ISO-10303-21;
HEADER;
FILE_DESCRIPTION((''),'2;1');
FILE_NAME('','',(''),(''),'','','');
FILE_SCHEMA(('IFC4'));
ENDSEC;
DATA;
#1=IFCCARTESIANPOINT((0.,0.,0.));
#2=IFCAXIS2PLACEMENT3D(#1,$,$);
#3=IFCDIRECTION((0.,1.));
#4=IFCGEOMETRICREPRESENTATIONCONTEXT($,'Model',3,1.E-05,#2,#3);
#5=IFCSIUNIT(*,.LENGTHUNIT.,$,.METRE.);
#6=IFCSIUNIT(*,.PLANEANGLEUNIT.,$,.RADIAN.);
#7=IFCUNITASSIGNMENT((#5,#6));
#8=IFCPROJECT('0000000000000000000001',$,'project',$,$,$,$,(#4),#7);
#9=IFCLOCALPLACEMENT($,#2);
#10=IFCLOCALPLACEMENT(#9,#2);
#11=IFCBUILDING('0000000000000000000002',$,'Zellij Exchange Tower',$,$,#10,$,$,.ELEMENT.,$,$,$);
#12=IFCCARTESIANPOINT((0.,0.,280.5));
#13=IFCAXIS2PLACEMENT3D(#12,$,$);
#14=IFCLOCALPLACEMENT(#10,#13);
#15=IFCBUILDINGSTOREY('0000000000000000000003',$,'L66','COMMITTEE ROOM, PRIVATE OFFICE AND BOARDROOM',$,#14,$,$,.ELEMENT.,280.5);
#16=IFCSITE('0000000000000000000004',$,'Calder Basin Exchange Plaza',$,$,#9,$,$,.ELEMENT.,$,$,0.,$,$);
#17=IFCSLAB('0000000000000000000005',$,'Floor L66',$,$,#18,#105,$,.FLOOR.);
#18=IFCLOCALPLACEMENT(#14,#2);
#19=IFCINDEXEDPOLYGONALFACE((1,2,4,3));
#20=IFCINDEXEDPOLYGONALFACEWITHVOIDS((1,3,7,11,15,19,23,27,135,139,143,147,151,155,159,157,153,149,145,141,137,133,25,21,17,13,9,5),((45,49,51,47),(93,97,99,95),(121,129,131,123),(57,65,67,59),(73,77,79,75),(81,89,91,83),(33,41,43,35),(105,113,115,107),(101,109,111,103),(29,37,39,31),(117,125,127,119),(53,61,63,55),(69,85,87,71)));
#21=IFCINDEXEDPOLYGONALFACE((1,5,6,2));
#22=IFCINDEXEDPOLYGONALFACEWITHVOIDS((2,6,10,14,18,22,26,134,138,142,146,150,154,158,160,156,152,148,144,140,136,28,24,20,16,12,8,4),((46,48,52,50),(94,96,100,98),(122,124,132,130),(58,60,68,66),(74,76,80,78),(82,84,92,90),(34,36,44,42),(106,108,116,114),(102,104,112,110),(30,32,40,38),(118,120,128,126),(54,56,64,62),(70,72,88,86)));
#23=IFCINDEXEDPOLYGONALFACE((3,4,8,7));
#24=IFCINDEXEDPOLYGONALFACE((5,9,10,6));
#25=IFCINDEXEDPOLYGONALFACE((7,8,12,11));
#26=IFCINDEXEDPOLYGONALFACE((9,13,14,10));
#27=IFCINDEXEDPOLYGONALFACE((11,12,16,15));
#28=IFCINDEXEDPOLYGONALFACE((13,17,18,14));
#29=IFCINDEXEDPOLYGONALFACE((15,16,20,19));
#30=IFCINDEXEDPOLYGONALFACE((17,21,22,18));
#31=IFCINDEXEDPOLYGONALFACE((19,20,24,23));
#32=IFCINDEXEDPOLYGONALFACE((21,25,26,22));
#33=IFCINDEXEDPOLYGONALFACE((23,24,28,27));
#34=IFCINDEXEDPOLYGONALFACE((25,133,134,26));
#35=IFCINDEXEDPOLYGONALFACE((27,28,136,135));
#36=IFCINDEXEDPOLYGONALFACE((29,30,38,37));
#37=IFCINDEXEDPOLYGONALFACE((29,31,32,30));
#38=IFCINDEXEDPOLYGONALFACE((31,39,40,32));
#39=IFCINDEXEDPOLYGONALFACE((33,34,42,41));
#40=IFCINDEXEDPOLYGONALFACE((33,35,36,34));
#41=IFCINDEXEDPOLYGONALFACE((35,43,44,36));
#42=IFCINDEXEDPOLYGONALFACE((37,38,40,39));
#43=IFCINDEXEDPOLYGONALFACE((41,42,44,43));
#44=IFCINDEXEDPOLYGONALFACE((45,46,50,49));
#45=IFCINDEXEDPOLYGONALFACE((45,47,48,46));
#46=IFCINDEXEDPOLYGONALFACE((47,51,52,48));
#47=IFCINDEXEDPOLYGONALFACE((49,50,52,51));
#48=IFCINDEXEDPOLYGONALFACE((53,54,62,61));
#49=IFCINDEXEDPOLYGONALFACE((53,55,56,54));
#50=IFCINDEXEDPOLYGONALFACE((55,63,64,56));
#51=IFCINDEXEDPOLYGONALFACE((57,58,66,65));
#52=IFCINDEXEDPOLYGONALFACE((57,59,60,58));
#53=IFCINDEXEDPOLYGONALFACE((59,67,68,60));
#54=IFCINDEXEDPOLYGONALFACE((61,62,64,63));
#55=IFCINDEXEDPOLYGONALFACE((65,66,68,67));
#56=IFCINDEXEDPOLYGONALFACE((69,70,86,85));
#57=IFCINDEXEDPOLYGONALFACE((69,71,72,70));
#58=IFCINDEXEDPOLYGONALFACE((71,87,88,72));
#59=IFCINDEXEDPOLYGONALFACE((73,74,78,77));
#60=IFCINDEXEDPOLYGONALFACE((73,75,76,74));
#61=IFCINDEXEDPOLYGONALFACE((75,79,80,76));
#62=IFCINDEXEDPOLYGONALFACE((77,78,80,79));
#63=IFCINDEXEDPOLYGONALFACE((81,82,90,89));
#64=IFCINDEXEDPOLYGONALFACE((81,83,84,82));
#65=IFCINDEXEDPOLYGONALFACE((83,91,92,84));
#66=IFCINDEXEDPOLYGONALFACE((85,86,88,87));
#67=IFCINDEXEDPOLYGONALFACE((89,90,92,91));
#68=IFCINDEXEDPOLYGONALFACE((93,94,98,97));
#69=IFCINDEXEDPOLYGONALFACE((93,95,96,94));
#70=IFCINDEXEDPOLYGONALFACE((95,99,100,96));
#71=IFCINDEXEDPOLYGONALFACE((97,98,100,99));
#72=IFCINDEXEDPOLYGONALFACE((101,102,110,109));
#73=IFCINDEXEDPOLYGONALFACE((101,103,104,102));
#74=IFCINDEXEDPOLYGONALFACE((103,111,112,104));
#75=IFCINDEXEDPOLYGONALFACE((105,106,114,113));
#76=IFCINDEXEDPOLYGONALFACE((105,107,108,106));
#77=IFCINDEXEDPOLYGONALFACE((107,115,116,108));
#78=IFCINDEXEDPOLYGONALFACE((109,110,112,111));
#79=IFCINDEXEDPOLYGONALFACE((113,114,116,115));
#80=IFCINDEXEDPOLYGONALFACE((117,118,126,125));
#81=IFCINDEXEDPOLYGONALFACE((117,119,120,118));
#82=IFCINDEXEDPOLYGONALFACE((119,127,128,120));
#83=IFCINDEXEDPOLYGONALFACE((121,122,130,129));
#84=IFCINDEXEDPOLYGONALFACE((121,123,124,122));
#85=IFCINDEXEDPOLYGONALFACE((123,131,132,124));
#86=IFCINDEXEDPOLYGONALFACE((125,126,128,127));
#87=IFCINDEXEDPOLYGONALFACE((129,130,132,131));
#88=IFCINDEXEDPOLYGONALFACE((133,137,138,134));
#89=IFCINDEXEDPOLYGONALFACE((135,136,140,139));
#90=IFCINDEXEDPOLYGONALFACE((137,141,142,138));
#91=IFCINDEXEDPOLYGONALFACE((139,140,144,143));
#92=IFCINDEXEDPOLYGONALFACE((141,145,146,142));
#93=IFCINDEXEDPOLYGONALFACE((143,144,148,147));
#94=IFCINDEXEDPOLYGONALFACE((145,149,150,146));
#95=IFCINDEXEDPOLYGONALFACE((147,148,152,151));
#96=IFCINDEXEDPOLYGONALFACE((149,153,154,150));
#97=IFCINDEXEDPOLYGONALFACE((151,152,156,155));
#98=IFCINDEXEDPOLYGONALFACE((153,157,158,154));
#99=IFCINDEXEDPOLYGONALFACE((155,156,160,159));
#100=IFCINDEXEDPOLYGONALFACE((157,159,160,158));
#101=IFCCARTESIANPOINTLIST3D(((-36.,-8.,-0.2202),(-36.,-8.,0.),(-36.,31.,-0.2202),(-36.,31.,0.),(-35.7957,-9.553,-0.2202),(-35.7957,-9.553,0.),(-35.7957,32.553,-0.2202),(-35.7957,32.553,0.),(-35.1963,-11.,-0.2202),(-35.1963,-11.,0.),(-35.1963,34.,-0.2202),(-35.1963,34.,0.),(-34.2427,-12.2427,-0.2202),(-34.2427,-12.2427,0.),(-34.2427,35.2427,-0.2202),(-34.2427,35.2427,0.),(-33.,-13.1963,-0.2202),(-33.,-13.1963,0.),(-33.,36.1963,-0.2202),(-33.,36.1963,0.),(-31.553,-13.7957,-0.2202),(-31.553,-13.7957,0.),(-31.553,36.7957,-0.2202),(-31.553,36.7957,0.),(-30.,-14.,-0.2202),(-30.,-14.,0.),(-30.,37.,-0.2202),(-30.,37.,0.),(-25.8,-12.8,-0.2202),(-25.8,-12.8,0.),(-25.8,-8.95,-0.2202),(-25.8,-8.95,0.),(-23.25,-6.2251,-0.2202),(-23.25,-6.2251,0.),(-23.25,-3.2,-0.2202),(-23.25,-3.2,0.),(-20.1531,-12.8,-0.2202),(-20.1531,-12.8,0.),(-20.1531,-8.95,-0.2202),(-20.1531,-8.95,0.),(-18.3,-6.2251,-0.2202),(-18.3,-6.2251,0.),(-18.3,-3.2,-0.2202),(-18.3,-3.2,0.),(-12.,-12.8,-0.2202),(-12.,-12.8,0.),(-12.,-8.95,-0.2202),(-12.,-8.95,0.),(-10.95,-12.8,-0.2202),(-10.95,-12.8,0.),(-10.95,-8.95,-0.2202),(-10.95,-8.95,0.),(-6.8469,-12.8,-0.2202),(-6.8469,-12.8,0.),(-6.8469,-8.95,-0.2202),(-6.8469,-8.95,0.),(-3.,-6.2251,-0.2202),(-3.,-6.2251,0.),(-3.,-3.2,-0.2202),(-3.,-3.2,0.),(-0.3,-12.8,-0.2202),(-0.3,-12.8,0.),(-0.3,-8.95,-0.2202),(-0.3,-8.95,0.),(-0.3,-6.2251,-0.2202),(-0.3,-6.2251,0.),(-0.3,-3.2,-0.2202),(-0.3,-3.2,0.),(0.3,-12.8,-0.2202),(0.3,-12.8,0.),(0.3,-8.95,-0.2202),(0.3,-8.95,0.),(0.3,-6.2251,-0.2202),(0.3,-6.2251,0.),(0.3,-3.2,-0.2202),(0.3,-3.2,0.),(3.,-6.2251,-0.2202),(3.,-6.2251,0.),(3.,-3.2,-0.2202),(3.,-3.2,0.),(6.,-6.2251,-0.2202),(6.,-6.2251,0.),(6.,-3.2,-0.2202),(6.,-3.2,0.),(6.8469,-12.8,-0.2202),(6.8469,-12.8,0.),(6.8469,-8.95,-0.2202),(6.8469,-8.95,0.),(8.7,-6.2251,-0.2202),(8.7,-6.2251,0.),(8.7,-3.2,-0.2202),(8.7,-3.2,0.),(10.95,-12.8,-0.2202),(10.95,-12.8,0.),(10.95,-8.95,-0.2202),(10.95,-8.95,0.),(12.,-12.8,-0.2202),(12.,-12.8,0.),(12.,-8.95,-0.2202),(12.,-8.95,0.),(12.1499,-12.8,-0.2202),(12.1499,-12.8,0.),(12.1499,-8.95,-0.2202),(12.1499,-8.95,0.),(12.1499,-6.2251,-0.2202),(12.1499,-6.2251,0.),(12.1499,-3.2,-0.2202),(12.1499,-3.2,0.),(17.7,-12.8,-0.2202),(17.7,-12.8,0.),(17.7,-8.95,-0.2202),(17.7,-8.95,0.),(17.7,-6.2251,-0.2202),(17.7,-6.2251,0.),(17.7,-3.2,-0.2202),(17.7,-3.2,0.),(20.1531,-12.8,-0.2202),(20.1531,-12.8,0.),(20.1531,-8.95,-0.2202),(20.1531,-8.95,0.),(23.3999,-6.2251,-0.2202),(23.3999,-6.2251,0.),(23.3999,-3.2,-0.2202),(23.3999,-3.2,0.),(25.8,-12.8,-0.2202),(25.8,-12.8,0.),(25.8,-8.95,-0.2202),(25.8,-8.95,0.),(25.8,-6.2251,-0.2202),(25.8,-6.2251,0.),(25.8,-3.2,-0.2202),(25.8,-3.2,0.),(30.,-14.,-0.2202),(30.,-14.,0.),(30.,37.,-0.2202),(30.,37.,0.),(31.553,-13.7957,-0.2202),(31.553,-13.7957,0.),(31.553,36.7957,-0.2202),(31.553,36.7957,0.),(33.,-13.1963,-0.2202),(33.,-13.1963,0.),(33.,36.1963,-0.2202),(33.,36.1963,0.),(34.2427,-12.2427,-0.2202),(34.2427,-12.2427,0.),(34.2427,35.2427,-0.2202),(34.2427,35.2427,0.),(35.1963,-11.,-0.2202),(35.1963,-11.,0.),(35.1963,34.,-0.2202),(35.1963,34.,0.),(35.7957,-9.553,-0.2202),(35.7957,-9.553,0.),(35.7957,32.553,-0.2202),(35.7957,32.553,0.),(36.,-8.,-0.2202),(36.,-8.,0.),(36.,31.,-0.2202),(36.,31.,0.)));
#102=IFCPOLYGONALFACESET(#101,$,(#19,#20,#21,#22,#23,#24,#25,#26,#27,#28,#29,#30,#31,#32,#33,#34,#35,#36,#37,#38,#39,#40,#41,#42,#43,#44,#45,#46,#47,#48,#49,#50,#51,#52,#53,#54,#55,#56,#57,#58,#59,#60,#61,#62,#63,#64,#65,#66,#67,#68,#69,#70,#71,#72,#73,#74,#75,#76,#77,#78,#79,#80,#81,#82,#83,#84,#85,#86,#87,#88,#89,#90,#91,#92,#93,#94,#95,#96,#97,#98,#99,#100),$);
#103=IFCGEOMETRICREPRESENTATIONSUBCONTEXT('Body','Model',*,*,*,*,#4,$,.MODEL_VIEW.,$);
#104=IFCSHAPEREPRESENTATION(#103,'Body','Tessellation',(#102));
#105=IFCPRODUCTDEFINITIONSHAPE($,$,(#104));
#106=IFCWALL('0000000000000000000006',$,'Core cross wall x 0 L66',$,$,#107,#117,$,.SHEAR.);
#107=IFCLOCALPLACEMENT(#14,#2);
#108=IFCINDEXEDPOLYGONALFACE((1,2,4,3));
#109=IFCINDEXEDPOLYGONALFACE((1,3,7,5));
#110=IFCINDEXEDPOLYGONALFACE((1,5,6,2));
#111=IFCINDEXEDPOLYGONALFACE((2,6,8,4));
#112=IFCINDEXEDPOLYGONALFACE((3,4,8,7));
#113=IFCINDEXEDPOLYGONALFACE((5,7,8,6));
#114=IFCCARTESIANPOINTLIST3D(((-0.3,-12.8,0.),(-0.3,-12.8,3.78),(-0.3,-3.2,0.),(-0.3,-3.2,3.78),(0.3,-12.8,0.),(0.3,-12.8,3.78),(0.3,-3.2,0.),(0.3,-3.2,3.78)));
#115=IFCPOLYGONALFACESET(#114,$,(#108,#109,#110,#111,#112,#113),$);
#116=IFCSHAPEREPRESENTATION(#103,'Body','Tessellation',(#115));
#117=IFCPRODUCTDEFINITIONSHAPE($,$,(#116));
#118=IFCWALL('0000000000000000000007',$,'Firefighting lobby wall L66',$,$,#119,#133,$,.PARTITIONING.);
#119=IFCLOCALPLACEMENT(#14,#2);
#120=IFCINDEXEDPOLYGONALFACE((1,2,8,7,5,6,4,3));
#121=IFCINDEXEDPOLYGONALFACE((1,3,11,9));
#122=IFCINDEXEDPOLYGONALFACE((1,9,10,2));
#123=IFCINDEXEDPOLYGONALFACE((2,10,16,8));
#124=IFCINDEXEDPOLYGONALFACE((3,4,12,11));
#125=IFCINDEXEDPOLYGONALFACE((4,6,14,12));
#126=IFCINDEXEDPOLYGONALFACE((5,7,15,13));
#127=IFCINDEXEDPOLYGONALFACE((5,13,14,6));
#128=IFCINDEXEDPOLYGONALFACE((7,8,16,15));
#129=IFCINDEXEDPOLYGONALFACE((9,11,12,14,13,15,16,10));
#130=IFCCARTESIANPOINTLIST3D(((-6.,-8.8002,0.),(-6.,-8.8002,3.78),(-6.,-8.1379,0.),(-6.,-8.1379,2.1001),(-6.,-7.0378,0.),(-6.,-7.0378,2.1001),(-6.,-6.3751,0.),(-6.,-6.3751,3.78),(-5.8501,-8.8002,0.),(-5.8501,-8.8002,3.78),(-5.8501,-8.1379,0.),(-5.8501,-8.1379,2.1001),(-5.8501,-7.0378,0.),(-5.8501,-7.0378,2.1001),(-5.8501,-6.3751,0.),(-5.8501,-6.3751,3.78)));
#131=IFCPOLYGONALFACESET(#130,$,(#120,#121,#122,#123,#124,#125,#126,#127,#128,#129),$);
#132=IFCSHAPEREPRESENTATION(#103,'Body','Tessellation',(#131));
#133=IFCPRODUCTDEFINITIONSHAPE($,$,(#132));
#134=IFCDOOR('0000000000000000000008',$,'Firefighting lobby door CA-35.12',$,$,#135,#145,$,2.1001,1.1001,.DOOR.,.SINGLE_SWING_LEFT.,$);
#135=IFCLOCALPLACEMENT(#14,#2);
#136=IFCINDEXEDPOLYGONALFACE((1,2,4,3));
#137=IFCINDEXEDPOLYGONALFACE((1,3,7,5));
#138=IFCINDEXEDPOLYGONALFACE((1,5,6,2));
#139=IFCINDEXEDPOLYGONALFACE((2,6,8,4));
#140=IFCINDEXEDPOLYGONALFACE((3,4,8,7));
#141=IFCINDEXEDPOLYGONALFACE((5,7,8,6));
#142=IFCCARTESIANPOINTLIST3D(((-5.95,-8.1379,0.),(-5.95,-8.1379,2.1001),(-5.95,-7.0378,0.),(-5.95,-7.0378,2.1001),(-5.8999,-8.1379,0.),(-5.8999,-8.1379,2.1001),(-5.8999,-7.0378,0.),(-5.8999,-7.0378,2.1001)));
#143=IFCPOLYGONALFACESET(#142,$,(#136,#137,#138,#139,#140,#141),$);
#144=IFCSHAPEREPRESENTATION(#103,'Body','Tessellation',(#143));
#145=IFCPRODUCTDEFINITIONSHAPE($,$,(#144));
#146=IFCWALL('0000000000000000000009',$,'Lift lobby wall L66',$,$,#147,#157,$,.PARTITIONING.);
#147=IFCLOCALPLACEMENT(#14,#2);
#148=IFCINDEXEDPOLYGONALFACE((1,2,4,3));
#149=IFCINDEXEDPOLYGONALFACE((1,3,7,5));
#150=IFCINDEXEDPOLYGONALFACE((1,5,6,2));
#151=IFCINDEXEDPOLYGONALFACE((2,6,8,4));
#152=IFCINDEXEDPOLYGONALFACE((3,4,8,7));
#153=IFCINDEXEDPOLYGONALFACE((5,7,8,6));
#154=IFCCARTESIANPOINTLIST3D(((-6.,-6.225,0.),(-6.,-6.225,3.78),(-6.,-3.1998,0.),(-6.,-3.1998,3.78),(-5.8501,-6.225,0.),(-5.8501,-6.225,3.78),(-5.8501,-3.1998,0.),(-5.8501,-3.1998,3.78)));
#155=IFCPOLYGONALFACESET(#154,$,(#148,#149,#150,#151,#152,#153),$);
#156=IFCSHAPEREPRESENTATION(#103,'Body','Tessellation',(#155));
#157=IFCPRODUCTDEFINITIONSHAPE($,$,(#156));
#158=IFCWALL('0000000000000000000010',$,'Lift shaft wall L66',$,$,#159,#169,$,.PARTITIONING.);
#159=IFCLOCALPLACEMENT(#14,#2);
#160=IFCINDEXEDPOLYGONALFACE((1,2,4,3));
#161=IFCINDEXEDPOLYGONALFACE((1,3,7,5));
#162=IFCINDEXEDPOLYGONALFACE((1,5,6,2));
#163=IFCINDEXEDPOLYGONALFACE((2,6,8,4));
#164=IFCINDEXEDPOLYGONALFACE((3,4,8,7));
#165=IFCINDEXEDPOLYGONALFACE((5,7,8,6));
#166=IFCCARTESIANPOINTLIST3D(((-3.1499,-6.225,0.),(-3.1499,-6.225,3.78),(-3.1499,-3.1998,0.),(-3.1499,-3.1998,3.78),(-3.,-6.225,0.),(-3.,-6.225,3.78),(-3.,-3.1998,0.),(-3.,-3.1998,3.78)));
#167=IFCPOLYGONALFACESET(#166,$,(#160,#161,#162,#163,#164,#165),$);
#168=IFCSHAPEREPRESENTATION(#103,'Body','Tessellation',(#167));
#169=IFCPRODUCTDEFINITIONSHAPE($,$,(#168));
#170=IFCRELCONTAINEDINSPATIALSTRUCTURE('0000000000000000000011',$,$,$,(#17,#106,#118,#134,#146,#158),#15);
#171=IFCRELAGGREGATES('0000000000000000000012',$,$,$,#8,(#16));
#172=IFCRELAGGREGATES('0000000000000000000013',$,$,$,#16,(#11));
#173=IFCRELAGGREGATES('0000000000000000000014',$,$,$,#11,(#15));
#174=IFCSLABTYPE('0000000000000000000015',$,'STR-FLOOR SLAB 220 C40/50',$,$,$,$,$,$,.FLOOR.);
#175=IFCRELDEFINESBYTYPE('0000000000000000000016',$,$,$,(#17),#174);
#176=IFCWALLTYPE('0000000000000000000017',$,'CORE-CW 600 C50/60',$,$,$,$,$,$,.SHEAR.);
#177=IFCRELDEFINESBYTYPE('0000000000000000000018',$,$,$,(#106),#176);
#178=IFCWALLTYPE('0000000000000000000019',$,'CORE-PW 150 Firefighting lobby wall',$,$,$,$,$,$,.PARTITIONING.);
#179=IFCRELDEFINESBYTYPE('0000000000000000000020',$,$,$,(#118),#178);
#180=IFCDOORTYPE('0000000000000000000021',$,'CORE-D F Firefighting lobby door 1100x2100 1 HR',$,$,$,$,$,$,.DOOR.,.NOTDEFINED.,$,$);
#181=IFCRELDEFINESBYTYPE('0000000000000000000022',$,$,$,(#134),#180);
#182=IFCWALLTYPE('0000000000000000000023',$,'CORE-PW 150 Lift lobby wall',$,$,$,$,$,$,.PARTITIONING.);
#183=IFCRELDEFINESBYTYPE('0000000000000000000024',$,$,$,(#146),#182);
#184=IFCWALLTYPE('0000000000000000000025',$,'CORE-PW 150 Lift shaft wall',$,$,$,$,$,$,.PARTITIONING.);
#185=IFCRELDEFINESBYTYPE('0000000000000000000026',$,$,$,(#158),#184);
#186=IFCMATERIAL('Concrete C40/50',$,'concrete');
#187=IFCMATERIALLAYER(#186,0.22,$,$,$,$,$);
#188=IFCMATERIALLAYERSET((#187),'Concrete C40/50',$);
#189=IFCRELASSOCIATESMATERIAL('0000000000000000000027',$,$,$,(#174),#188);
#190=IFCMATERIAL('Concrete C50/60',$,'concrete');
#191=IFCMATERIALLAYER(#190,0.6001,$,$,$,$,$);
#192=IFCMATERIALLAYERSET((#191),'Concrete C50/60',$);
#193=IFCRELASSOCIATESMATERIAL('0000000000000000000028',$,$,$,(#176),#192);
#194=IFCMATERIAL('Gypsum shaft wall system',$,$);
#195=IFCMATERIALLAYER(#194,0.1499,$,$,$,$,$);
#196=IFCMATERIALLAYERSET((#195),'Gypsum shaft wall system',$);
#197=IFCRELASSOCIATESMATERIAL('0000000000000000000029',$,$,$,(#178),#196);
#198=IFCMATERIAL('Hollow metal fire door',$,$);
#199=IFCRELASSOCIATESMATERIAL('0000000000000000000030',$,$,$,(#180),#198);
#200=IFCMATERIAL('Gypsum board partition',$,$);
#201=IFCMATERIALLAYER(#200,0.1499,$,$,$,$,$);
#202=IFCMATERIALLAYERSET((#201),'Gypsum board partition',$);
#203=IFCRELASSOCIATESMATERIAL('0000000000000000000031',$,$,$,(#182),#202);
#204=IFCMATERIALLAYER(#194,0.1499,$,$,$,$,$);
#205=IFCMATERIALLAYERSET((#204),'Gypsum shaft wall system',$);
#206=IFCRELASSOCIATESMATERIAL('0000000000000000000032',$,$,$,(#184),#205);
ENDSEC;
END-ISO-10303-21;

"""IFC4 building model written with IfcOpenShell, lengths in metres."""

from ifc_helpers import new_model, si_unit, direction, frame, frame_2d, origin, place, context, subcontext, project, spatial, polyline, rectangle, outline, extrude, material, layer, layer_set, type_object, element, fill, save


model = new_model("IFC4")

# Units and contexts
model_context = context("Model", 3, precision=1e-05, world=origin(), true_north=direction((0.0, 1.0)))
body_context = subcontext(model_context, "Body", "Model", "MODEL_VIEW")
ifc_project = project(units=[si_unit("LENGTHUNIT", "METRE"), si_unit("PLANEANGLEUNIT", "RADIAN")], contexts=[model_context])

# Site, building, storey
site_placement = place(None, origin())
site = spatial("IfcSite", under=ifc_project, at=site_placement, Name="Calder Basin Exchange Plaza", CompositionType="ELEMENT", RefElevation=0.0)
building_placement = place(site_placement, origin())
building = spatial("IfcBuilding", under=site, at=building_placement, Name="Zellij Exchange Tower", CompositionType="ELEMENT")
storey_placement = place(building_placement, frame((0.0, 0.0, 280.5)))
storey = spatial("IfcBuildingStorey", under=building, at=storey_placement, Name="L66", Description="COMMITTEE ROOM, PRIVATE OFFICE AND BOARDROOM", CompositionType="ELEMENT", Elevation=280.5)

# Slab
ifc_material_1 = material(Name="Concrete C40/50", Category="concrete")
ifc_layer_1 = layer(ifc_material_1, 0.22)
ifc_layer_set_1 = layer_set([ifc_layer_1], Name="Concrete C40/50")
slab_type = type_object("IfcSlabType", Name="STR-FLOOR SLAB 220 C40/50", PredefinedType="FLOOR", material=ifc_layer_set_1)
slab_placement = place(storey_placement, frame((0.0, 0.0, -0.2202)))
element("IfcSlab", 1, at=slab_placement, inside=storey, type_object=slab_type, Name="Floor L66", PredefinedType="FLOOR", context=body_context, shape_type="SweptSolid", body=[
    extrude(outline(polyline([(-30.0, -14.0), (-31.553, -13.7957), (-33.0, -13.1963), (-34.2427, -12.2427), (-35.1963, -11.0), (-35.7957, -9.553), (-36.0, -8.0), (-36.0, 31.0), (-35.7957, 32.553), (-35.1963, 34.0), (-34.2427, 35.2427), (-33.0, 36.1963), (-31.553, 36.7957), (-30.0, 37.0), (30.0, 37.0), (31.553, 36.7957), (33.0, 36.1963), (34.2427, 35.2427), (35.1963, 34.0), (35.7957, 32.553), (36.0, 31.0), (36.0, -8.0), (35.7957, -9.553), (35.1963, -11.0), (34.2427, -12.2427), (33.0, -13.1963), (31.553, -13.7957), (30.0, -14.0), (-30.0, -14.0)]), holes=[polyline([(-25.8, -8.95), (-25.8, -12.8), (-20.1531, -12.8), (-20.1531, -8.95), (-25.8, -8.95)]), polyline([(-10.95, -8.95), (-12.0, -8.95), (-12.0, -12.8), (-10.95, -12.8), (-10.95, -8.95)]), polyline([(-0.3, -8.95), (-6.8469, -8.95), (-6.8469, -12.8), (-0.3, -12.8), (-0.3, -8.95)]), polyline([(0.3, -8.95), (0.3, -12.8), (6.8469, -12.8), (6.8469, -8.95), (0.3, -8.95)]), polyline([(-18.3, -3.2), (-23.25, -3.2), (-23.25, -6.2251), (-18.3, -6.2251), (-18.3, -3.2)]), polyline([(-0.3, -3.2), (-3.0, -3.2), (-3.0, -6.2251), (-0.3, -6.2251), (-0.3, -3.2)]), polyline([(0.3, -3.2), (0.3, -6.2251), (3.0, -6.2251), (3.0, -3.2), (0.3, -3.2)]), polyline([(12.0, -8.95), (10.95, -8.95), (10.95, -12.8), (12.0, -12.8), (12.0, -8.95)]), polyline([(17.7, -8.95), (12.1499, -8.95), (12.1499, -12.8), (17.7, -12.8), (17.7, -8.95)]), polyline([(25.8, -8.95), (20.1531, -8.95), (20.1531, -12.8), (25.8, -12.8), (25.8, -8.95)]), polyline([(8.7, -3.2), (6.0, -3.2), (6.0, -6.2251), (8.7, -6.2251), (8.7, -3.2)]), polyline([(17.7, -3.2), (12.1499, -3.2), (12.1499, -6.2251), (17.7, -6.2251), (17.7, -3.2)]), polyline([(25.8, -3.2), (23.3999, -3.2), (23.3999, -6.2251), (25.8, -6.2251), (25.8, -3.2)])]), origin(), (0.0, 0.0, 1.0), 0.2202),
])

# Wall
ifc_material_2 = material(Name="Concrete C50/60", Category="concrete")
ifc_layer_2 = layer(ifc_material_2, 0.6001)
ifc_layer_set_2 = layer_set([ifc_layer_2], Name="Concrete C50/60")
wall_type_1 = type_object("IfcWallType", Name="CORE-CW 600 C50/60", PredefinedType="SHEAR", material=ifc_layer_set_2)
wall_1_placement = place(storey_placement, frame((0.0, -12.8, 0.0), z_axis=(0.0, 0.0, 1.0), x_axis=(0.0, 1.0, 0.0)))
element("IfcWall", 2, at=wall_1_placement, inside=storey, type_object=wall_type_1, Name="Core cross wall x 0 L66", PredefinedType="SHEAR", context=body_context, shape_type="SweptSolid", body=[
    extrude(rectangle(XDim=9.6001, YDim=0.6001, at=frame_2d((4.8, 0.0))), origin(), (0.0, 0.0, 1.0), 3.78),
])

# Wall, opening, door
ifc_material_3 = material(Name="Gypsum shaft wall system")
ifc_layer_3 = layer(ifc_material_3, 0.1499)
ifc_layer_set_3 = layer_set([ifc_layer_3], Name="Gypsum shaft wall system")
wall_type_2 = type_object("IfcWallType", Name="CORE-PW 150 Firefighting lobby wall", PredefinedType="PARTITIONING", material=ifc_layer_set_3)
wall_2_placement = place(storey_placement, frame((-5.925, -8.8, 0.0), z_axis=(0.0, 0.0, 1.0), x_axis=(0.0, 1.0, 0.0)))
wall_2 = element("IfcWall", 3, at=wall_2_placement, inside=storey, type_object=wall_type_2, Name="Firefighting lobby wall L66", PredefinedType="PARTITIONING", context=body_context, shape_type="SweptSolid", body=[
    extrude(rectangle(XDim=2.425, YDim=0.1499, at=frame_2d((1.2124, 0.0))), origin(), (0.0, 0.0, 1.0), 3.78),
])
opening_1_placement = place(wall_2_placement, frame((0.6621, 0.0, 0.0)))
opening_1 = element("IfcOpeningElement", 4, at=opening_1_placement, cuts=wall_2, PredefinedType="OPENING", context=body_context, shape_type="SweptSolid", body=[
    extrude(rectangle(XDim=1.1001, YDim=2.1001, at=frame_2d((0.55, 1.05))), frame((0.0, 0.0869, 0.0), z_axis=(0.0, -1.0, 0.0), x_axis=(1.0, 0.0, 0.0)), (0.0, 0.0, 1.0), 0.1738),
])
ifc_material_4 = material(Name="Hollow metal fire door")
door_type_1 = type_object("IfcDoorType", Name="CORE-D F Firefighting lobby door 1100x2100 1 HR", OperationType="NOTDEFINED", PredefinedType="DOOR", material=ifc_material_4)
door_1_placement = place(opening_1_placement, origin())
door_1 = element("IfcDoor", 5, at=door_1_placement, inside=storey, type_object=door_type_1, Name="Firefighting lobby door CA-35.12", OperationType="SINGLE_SWING_LEFT", OverallHeight=2.1001, OverallWidth=1.1001, PredefinedType="DOOR", context=body_context, shape_type="SweptSolid", body=[
    extrude(rectangle(XDim=1.1001, YDim=2.1001, at=frame_2d((0.55, 1.05))), frame((0.0, 0.0249, 0.0), z_axis=(0.0, -1.0, 0.0), x_axis=(1.0, 0.0, 0.0)), (0.0, 0.0, 1.0), 0.05),
])
fill(opening_1, door_1)

# Walls
ifc_material_5 = material(Name="Gypsum board partition")
ifc_layer_4 = layer(ifc_material_5, 0.1499)
ifc_layer_set_4 = layer_set([ifc_layer_4], Name="Gypsum board partition")
wall_type_3 = type_object("IfcWallType", Name="CORE-PW 150 Lift lobby wall", PredefinedType="PARTITIONING", material=ifc_layer_set_4)
wall_3_placement = place(storey_placement, frame((-5.925, -6.2251, 0.0), z_axis=(0.0, 0.0, 1.0), x_axis=(0.0, 1.0, 0.0)))
element("IfcWall", 6, at=wall_3_placement, inside=storey, type_object=wall_type_3, Name="Lift lobby wall L66", PredefinedType="PARTITIONING", context=body_context, shape_type="SweptSolid", body=[
    extrude(rectangle(XDim=3.0251, YDim=0.1499, at=frame_2d((1.5127, 0.0))), origin(), (0.0, 0.0, 1.0), 3.78),
])
ifc_layer_5 = layer(ifc_material_3, 0.1499)
ifc_layer_set_5 = layer_set([ifc_layer_5], Name="Gypsum shaft wall system")
wall_type_4 = type_object("IfcWallType", Name="CORE-PW 150 Lift shaft wall", PredefinedType="PARTITIONING", material=ifc_layer_set_5)
wall_4_placement = place(storey_placement, frame((-3.075, -6.2251, 0.0), z_axis=(0.0, 0.0, 1.0), x_axis=(0.0, 1.0, 0.0)))
element("IfcWall", 7, at=wall_4_placement, inside=storey, type_object=wall_type_4, Name="Lift shaft wall L66", PredefinedType="PARTITIONING", context=body_context, shape_type="SweptSolid", body=[
    extrude(rectangle(XDim=3.0251, YDim=0.1499, at=frame_2d((1.5127, 0.0))), origin(), (0.0, 0.0, 1.0), 3.78),
])

save(model, "model.ifc")
